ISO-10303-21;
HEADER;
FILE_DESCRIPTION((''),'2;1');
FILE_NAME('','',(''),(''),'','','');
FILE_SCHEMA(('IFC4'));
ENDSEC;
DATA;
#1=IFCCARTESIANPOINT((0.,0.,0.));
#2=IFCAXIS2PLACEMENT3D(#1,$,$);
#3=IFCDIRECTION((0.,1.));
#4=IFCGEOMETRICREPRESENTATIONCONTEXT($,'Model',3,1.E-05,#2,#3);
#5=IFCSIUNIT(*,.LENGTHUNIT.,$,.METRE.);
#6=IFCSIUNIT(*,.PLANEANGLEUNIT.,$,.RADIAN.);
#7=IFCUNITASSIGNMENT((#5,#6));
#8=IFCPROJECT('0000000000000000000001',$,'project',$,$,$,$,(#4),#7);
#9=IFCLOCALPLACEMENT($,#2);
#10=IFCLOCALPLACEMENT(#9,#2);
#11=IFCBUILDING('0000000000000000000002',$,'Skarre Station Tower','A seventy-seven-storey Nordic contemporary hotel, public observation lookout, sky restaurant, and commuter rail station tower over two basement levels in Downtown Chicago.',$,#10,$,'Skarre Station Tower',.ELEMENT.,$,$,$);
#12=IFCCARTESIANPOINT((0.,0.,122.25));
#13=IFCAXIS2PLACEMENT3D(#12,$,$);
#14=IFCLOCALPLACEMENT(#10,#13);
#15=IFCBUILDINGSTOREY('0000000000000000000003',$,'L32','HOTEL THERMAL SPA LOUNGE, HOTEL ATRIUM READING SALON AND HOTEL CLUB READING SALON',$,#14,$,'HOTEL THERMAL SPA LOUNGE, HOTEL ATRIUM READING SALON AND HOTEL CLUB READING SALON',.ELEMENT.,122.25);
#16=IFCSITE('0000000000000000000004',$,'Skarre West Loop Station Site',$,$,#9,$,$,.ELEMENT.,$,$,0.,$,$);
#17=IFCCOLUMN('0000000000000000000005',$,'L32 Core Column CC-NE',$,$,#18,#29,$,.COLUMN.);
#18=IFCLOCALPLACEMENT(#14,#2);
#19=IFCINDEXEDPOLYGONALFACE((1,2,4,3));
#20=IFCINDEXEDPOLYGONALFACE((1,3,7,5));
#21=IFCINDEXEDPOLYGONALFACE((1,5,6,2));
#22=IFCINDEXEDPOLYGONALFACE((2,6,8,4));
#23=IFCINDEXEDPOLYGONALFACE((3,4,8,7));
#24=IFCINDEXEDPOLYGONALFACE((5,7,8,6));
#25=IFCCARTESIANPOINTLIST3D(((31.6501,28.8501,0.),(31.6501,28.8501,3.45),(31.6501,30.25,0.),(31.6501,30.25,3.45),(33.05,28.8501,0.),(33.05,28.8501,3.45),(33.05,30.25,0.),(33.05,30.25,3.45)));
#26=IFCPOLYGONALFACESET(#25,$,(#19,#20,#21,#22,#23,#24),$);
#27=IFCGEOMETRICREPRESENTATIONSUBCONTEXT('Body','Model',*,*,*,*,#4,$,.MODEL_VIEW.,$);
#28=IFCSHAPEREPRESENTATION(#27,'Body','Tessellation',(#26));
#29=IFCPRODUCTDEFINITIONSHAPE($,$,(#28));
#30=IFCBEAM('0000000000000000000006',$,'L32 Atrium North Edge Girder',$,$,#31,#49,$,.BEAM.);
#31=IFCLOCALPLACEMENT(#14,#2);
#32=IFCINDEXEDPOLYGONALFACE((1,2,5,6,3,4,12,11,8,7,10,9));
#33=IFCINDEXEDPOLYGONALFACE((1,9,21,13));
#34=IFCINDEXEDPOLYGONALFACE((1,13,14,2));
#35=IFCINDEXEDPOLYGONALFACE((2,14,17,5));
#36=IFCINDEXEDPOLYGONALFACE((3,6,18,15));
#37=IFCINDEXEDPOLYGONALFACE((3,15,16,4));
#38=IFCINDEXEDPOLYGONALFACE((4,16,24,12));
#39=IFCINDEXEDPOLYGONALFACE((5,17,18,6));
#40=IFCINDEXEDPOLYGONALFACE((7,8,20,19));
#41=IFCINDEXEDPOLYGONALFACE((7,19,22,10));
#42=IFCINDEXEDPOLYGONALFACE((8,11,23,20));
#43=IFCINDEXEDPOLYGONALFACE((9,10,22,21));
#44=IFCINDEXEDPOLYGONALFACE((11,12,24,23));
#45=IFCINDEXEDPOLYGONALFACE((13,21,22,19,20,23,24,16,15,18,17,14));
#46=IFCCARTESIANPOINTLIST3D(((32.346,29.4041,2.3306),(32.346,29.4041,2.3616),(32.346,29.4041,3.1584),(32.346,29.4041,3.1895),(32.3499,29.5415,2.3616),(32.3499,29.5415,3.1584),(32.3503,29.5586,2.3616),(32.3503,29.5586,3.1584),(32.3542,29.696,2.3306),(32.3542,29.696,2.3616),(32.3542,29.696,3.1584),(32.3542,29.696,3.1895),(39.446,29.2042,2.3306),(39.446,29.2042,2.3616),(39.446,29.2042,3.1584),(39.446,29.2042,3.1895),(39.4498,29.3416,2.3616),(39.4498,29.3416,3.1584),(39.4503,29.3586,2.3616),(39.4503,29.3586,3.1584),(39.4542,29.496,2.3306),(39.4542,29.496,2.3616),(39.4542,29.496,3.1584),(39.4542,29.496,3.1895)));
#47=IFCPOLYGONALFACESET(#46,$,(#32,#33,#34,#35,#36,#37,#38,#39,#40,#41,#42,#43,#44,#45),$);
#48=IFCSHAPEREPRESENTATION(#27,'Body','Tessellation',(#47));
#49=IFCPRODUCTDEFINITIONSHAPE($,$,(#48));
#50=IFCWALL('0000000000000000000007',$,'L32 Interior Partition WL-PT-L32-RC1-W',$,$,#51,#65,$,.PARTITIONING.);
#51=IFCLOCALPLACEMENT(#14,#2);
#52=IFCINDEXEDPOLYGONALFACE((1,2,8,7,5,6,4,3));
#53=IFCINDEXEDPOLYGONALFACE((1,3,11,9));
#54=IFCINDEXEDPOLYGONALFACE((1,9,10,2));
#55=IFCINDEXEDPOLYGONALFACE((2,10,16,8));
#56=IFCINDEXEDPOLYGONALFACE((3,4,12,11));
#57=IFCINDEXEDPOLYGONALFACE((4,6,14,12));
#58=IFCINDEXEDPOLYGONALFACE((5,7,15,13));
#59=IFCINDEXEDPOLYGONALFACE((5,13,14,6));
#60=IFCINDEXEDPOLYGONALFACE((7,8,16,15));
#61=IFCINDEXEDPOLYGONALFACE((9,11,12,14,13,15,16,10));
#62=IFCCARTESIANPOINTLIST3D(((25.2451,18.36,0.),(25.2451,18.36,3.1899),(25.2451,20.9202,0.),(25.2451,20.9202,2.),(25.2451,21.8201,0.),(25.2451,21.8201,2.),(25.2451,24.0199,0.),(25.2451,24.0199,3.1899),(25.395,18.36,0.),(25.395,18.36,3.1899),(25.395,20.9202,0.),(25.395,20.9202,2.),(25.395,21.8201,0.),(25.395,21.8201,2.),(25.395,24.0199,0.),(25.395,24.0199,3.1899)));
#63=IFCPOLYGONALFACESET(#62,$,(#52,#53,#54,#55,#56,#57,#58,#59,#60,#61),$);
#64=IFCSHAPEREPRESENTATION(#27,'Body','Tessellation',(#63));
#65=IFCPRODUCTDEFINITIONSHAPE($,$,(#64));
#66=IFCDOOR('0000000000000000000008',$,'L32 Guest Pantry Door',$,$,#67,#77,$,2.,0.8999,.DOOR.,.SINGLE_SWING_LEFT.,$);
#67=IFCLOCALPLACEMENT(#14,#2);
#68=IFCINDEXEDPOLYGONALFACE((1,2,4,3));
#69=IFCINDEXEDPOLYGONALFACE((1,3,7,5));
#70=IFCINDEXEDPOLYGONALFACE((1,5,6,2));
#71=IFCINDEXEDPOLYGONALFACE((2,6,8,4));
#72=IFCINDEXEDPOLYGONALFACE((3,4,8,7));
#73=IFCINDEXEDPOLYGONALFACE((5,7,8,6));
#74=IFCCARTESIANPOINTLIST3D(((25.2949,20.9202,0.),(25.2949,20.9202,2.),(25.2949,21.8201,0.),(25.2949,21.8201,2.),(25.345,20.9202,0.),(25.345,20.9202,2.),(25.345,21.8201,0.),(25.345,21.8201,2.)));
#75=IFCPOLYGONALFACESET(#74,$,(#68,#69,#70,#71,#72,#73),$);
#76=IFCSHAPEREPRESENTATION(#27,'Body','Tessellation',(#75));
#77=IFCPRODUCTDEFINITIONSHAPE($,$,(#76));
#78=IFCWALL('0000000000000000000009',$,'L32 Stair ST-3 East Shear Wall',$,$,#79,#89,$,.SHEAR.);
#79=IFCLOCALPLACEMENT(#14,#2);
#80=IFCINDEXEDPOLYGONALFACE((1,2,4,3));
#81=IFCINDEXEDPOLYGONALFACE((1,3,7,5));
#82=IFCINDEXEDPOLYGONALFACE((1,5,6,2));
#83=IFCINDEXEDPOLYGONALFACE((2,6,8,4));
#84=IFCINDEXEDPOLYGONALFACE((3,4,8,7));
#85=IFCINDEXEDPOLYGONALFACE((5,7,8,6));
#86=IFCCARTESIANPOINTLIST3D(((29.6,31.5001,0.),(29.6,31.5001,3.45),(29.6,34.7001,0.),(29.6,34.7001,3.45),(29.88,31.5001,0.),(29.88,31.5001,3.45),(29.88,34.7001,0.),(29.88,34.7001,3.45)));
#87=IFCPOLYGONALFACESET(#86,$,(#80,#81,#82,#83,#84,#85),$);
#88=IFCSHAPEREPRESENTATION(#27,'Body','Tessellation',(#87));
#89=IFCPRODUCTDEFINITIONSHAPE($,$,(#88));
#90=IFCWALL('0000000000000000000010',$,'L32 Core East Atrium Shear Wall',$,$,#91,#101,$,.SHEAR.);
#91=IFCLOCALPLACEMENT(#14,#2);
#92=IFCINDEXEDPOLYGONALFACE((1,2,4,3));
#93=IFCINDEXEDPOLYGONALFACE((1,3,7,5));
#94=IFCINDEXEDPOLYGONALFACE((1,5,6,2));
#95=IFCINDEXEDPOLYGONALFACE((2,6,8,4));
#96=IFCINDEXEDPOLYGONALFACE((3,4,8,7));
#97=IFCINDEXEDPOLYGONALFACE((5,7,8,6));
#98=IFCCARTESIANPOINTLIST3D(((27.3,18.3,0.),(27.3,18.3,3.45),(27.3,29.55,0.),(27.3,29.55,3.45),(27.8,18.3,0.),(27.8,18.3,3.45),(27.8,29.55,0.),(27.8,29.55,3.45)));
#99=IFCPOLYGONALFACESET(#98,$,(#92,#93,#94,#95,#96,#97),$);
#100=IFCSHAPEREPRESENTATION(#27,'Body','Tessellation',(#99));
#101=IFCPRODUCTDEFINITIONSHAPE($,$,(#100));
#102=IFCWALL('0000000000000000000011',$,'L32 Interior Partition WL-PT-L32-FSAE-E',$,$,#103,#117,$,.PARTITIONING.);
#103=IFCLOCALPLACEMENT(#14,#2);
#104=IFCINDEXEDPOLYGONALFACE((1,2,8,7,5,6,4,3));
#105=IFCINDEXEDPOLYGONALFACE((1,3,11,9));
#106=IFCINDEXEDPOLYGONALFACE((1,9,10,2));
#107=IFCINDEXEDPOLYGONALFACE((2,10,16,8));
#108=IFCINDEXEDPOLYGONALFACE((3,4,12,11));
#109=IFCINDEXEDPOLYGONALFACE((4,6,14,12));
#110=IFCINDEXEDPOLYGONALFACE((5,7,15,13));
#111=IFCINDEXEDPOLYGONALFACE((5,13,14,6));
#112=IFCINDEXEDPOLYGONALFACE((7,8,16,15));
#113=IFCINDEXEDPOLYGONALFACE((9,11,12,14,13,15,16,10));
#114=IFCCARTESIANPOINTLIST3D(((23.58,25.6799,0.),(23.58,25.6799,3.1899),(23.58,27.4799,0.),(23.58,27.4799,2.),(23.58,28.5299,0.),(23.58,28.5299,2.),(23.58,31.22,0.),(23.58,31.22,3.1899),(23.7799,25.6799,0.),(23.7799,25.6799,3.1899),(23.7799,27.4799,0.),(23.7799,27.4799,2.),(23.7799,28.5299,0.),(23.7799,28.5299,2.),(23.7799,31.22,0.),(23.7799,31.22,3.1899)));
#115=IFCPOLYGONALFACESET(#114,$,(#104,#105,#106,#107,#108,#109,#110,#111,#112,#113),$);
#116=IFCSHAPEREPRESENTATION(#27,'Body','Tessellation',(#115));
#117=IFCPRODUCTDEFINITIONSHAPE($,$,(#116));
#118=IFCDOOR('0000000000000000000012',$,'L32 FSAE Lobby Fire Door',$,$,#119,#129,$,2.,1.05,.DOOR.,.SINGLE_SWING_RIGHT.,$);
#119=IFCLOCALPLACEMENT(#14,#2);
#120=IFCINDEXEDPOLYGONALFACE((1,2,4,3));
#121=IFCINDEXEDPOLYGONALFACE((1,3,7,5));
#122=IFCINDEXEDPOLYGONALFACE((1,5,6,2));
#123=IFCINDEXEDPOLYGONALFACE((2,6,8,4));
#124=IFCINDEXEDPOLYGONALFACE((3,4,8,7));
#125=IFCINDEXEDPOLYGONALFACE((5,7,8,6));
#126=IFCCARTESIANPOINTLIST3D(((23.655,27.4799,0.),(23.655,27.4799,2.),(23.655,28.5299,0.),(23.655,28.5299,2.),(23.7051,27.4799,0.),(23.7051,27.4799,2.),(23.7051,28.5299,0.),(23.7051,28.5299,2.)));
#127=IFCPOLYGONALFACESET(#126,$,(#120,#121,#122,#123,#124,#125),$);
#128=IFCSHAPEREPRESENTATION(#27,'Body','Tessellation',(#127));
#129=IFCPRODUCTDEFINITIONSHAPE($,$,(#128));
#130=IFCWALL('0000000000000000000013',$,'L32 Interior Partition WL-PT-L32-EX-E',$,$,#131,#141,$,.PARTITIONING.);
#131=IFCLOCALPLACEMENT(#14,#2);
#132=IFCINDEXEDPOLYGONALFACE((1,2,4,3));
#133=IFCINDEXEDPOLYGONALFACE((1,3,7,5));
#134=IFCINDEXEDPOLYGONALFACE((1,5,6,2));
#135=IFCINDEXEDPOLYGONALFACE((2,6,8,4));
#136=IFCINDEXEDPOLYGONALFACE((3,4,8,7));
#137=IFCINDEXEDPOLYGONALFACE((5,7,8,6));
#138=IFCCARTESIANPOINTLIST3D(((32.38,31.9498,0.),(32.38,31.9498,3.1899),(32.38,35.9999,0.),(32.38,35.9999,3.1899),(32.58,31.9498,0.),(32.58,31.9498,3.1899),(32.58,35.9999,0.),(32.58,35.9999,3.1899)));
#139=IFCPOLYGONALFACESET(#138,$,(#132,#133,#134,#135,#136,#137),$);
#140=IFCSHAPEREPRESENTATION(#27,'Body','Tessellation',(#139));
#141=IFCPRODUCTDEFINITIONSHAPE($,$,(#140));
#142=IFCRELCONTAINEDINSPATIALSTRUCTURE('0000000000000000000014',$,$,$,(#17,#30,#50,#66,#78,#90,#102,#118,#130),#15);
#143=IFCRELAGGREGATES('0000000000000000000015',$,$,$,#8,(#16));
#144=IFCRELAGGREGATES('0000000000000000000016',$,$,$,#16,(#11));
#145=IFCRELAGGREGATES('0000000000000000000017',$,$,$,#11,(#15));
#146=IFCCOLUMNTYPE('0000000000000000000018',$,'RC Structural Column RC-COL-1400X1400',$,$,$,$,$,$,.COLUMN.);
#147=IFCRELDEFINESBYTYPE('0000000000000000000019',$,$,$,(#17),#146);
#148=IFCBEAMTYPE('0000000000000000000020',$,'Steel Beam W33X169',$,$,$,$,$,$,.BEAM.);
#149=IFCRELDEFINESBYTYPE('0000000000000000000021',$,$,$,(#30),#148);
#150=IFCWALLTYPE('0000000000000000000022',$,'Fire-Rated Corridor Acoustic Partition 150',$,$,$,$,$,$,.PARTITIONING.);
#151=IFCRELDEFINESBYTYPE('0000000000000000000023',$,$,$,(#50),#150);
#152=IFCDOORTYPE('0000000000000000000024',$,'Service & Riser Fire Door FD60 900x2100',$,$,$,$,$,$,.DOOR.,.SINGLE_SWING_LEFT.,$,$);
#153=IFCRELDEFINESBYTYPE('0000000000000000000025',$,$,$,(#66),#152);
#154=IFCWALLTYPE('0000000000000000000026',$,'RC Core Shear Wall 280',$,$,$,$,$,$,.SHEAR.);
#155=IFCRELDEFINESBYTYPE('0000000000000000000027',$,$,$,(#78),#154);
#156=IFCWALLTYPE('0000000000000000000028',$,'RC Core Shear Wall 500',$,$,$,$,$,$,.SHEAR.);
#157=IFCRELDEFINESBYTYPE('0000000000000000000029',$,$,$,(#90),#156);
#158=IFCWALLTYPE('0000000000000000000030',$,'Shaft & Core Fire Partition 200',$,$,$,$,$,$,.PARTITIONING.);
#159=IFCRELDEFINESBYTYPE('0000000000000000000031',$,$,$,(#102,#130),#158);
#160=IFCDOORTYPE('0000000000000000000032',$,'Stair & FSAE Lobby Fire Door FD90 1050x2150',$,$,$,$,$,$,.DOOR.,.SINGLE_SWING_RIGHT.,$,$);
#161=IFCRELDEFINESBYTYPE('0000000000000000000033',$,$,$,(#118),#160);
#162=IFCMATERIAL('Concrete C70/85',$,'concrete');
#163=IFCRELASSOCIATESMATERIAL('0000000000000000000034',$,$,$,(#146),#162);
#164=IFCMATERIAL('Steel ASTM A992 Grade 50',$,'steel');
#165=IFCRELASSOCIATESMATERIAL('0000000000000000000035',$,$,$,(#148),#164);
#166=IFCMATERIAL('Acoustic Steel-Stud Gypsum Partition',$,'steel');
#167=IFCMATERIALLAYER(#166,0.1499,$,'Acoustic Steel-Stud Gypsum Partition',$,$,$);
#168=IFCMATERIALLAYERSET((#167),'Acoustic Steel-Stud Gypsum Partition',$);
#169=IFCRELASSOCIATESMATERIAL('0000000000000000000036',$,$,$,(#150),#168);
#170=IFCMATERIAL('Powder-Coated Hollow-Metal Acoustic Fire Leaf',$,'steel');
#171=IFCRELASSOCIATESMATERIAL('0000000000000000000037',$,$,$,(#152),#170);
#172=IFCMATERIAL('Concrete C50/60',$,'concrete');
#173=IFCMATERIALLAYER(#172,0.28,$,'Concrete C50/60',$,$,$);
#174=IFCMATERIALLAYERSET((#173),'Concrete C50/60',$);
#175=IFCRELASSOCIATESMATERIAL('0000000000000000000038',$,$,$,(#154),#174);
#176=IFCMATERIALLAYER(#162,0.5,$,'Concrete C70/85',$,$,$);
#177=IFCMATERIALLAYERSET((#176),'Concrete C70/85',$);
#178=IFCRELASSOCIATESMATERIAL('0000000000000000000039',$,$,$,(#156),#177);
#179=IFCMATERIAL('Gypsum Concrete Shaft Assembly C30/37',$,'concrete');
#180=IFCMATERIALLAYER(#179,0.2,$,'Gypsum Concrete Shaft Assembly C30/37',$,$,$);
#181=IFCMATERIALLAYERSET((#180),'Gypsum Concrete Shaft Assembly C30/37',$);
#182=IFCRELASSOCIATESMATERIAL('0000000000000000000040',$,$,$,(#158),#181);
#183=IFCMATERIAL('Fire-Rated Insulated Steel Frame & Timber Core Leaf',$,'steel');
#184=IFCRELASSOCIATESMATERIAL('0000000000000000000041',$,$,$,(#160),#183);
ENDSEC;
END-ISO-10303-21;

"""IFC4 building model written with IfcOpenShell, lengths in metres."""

from ifc_helpers import new_model, si_unit, direction, frame, frame_2d, origin, origin_2d, place, context, subcontext, project, spatial, rectangle, i_section, extrude, material, layer, layer_set, material_profile, profile_set, type_object, element, fill, save


model = new_model("IFC4")

# Units and contexts
model_context = context("Model", 3, precision=1e-05, world=origin(), true_north=direction((0.0, 1.0)))
body_context = subcontext(model_context, "Body", "Model", "MODEL_VIEW")
ifc_project = project(units=[si_unit("LENGTHUNIT", "METRE"), si_unit("PLANEANGLEUNIT", "RADIAN")], contexts=[model_context])

# Site, building, storey
site_placement = place(None, origin())
site = spatial("IfcSite", under=ifc_project, at=site_placement, Name="Skarre West Loop Station Site", CompositionType="ELEMENT", RefElevation=0.0)
building_placement = place(site_placement, origin())
building = spatial("IfcBuilding", under=site, at=building_placement, Name="Skarre Station Tower", Description="A seventy-seven-storey Nordic contemporary hotel, public observation lookout, sky restaurant, and commuter rail station tower over two basement levels in Downtown Chicago.", LongName="Skarre Station Tower", CompositionType="ELEMENT")
storey_placement = place(building_placement, frame((0.0, 0.0, 122.25)))
storey = spatial("IfcBuildingStorey", under=building, at=storey_placement, Name="L32", Description="HOTEL THERMAL SPA LOUNGE, HOTEL ATRIUM READING SALON AND HOTEL CLUB READING SALON", LongName="HOTEL THERMAL SPA LOUNGE, HOTEL ATRIUM READING SALON AND HOTEL CLUB READING SALON", CompositionType="ELEMENT", Elevation=122.25)

# Column
ifc_material_1 = material(Name="Concrete C70/85", Category="concrete")
ifc_material_profile_1 = material_profile(ifc_material_1, rectangle(XDim=1.3999, YDim=1.3999, at=origin_2d()), Name="Concrete C70/85")
ifc_profile_set_1 = profile_set([ifc_material_profile_1], Name="Concrete C70/85")
column_type = type_object("IfcColumnType", Name="RC Structural Column RC-COL-1400X1400", PredefinedType="COLUMN", material=ifc_profile_set_1)
column_placement = place(storey_placement, frame((32.3501, 29.55, 0.0), z_axis=(0.0, 0.0, 1.0), x_axis=(1.0, 0.0, 0.0)))
element("IfcColumn", 1, at=column_placement, inside=storey, type_object=column_type, Name="L32 Core Column CC-NE", PredefinedType="COLUMN", context=body_context, shape_type="SweptSolid", body=[
    extrude(rectangle(XDim=1.3999, YDim=1.3999, at=origin_2d()), origin(), (0.0, 0.0, 1.0), 3.45),
])

# Beam
ifc_material_2 = material(Name="Steel ASTM A992 Grade 50", Category="steel")
ifc_material_profile_2 = material_profile(ifc_material_2, i_section(OverallWidth=0.292, OverallDepth=0.8589, WebThickness=0.0171, FlangeThickness=0.031, at=origin_2d()), Name="Steel ASTM A992 Grade 50")
ifc_profile_set_2 = profile_set([ifc_material_profile_2], Name="Steel ASTM A992 Grade 50")
beam_type = type_object("IfcBeamType", Name="Steel Beam W33X169", PredefinedType="BEAM", material=ifc_profile_set_2)
beam_placement = place(storey_placement, frame((32.3501, 29.55, 2.76), z_axis=(0.999604, -0.028152, 0.0), x_axis=(0.028152, 0.999604, 0.0)))
element("IfcBeam", 2, at=beam_placement, inside=storey, type_object=beam_type, Name="L32 Atrium North Edge Girder", PredefinedType="BEAM", context=body_context, shape_type="SweptSolid", body=[
    extrude(i_section(OverallWidth=0.292, OverallDepth=0.8589, WebThickness=0.0171, FlangeThickness=0.031, at=origin_2d()), origin(), (0.0, 0.0, 1.0), 7.1028),
])

# Wall, opening, door
ifc_material_3 = material(Name="Acoustic Steel-Stud Gypsum Partition", Category="steel")
ifc_layer_1 = layer(ifc_material_3, 0.1499, Name="Acoustic Steel-Stud Gypsum Partition")
ifc_layer_set_1 = layer_set([ifc_layer_1], Name="Acoustic Steel-Stud Gypsum Partition")
wall_type_1 = type_object("IfcWallType", Name="Fire-Rated Corridor Acoustic Partition 150", PredefinedType="PARTITIONING", material=ifc_layer_set_1)
wall_1_placement = place(storey_placement, frame((25.3201, 24.02, 0.0), z_axis=(0.0, 0.0, 1.0), x_axis=(0.0, -1.0, 0.0)))
wall_1 = element("IfcWall", 3, at=wall_1_placement, inside=storey, type_object=wall_type_1, Name="L32 Interior Partition WL-PT-L32-RC1-W", PredefinedType="PARTITIONING", context=body_context, shape_type="SweptSolid", body=[
    extrude(rectangle(XDim=5.6599, YDim=0.1499, at=frame_2d((2.8301, 0.0))), origin(), (0.0, 0.0, 1.0), 3.1899),
])
opening_1_placement = place(wall_1_placement, frame((2.2, 0.0, 0.0)))
opening_1 = element("IfcOpeningElement", 4, at=opening_1_placement, cuts=wall_1, PredefinedType="OPENING", context=body_context, shape_type="SweptSolid", body=[
    extrude(rectangle(XDim=0.8999, YDim=2.0, at=frame_2d((0.45, 1.0))), frame((0.0, 0.085, 0.0), z_axis=(0.0, -1.0, 0.0), x_axis=(1.0, 0.0, 0.0)), (0.0, 0.0, 1.0), 0.1699),
])
ifc_material_4 = material(Name="Powder-Coated Hollow-Metal Acoustic Fire Leaf", Category="steel")
door_type_1 = type_object("IfcDoorType", Name="Service & Riser Fire Door FD60 900x2100", OperationType="SINGLE_SWING_LEFT", PredefinedType="DOOR", material=ifc_material_4)
door_1_placement = place(opening_1_placement, origin())
door_1 = element("IfcDoor", 5, at=door_1_placement, inside=storey, type_object=door_type_1, Name="L32 Guest Pantry Door", OperationType="SINGLE_SWING_LEFT", OverallHeight=2.0, OverallWidth=0.8999, PredefinedType="DOOR", context=body_context, shape_type="SweptSolid", body=[
    extrude(rectangle(XDim=0.8999, YDim=2.0, at=frame_2d((0.45, 1.0))), frame((0.0, 0.0249, 0.0), z_axis=(0.0, -1.0, 0.0), x_axis=(1.0, 0.0, 0.0)), (0.0, 0.0, 1.0), 0.05),
])
fill(opening_1, door_1)

# Walls
ifc_material_5 = material(Name="Concrete C50/60", Category="concrete")
ifc_layer_2 = layer(ifc_material_5, 0.28, Name="Concrete C50/60")
ifc_layer_set_2 = layer_set([ifc_layer_2], Name="Concrete C50/60")
wall_type_2 = type_object("IfcWallType", Name="RC Core Shear Wall 280", PredefinedType="SHEAR", material=ifc_layer_set_2)
wall_2_placement = place(storey_placement, frame((29.74, 31.5, 0.0), z_axis=(0.0, 0.0, 1.0), x_axis=(0.0, 1.0, 0.0)))
element("IfcWall", 6, at=wall_2_placement, inside=storey, type_object=wall_type_2, Name="L32 Stair ST-3 East Shear Wall", PredefinedType="SHEAR", context=body_context, shape_type="SweptSolid", body=[
    extrude(rectangle(XDim=3.2, YDim=0.28, at=frame_2d((1.6001, 0.0))), origin(), (0.0, 0.0, 1.0), 3.45),
])
ifc_layer_3 = layer(ifc_material_1, 0.5, Name="Concrete C70/85")
ifc_layer_set_3 = layer_set([ifc_layer_3], Name="Concrete C70/85")
wall_type_3 = type_object("IfcWallType", Name="RC Core Shear Wall 500", PredefinedType="SHEAR", material=ifc_layer_set_3)
wall_3_placement = place(storey_placement, frame((27.55, 29.55, 0.0), z_axis=(0.0, 0.0, 1.0), x_axis=(0.0, -1.0, 0.0)))
element("IfcWall", 7, at=wall_3_placement, inside=storey, type_object=wall_type_3, Name="L32 Core East Atrium Shear Wall", PredefinedType="SHEAR", context=body_context, shape_type="SweptSolid", body=[
    extrude(rectangle(XDim=11.25, YDim=0.5, at=frame_2d((5.625, 0.0))), origin(), (0.0, 0.0, 1.0), 3.45),
])

# Wall, opening, door
ifc_material_6 = material(Name="Gypsum Concrete Shaft Assembly C30/37", Category="concrete")
ifc_layer_4 = layer(ifc_material_6, 0.2, Name="Gypsum Concrete Shaft Assembly C30/37")
ifc_layer_set_4 = layer_set([ifc_layer_4], Name="Gypsum Concrete Shaft Assembly C30/37")
wall_type_4 = type_object("IfcWallType", Name="Shaft & Core Fire Partition 200", PredefinedType="PARTITIONING", material=ifc_layer_set_4)
wall_4_placement = place(storey_placement, frame((23.6799, 25.6799, 0.0), z_axis=(0.0, 0.0, 1.0), x_axis=(0.0, 1.0, 0.0)))
wall_4 = element("IfcWall", 8, at=wall_4_placement, inside=storey, type_object=wall_type_4, Name="L32 Interior Partition WL-PT-L32-FSAE-E", PredefinedType="PARTITIONING", context=body_context, shape_type="SweptSolid", body=[
    extrude(rectangle(XDim=5.54, YDim=0.2, at=frame_2d((2.77, 0.0))), origin(), (0.0, 0.0, 1.0), 3.1899),
])
opening_2_placement = place(wall_4_placement, frame((1.8, 0.0, 0.0)))
opening_2 = element("IfcOpeningElement", 9, at=opening_2_placement, cuts=wall_4, PredefinedType="OPENING", context=body_context, shape_type="SweptSolid", body=[
    extrude(rectangle(XDim=1.05, YDim=2.0, at=frame_2d((0.5249, 1.0))), frame((0.0, 0.1099, 0.0), z_axis=(0.0, -1.0, 0.0), x_axis=(1.0, 0.0, 0.0)), (0.0, 0.0, 1.0), 0.22),
])
ifc_material_7 = material(Name="Fire-Rated Insulated Steel Frame & Timber Core Leaf", Category="steel")
door_type_2 = type_object("IfcDoorType", Name="Stair & FSAE Lobby Fire Door FD90 1050x2150", OperationType="SINGLE_SWING_RIGHT", PredefinedType="DOOR", material=ifc_material_7)
door_2_placement = place(opening_2_placement, origin())
door_2 = element("IfcDoor", 10, at=door_2_placement, inside=storey, type_object=door_type_2, Name="L32 FSAE Lobby Fire Door", OperationType="SINGLE_SWING_RIGHT", OverallHeight=2.0, OverallWidth=1.05, PredefinedType="DOOR", context=body_context, shape_type="SweptSolid", body=[
    extrude(rectangle(XDim=1.05, YDim=2.0, at=frame_2d((0.5249, 1.0))), frame((0.0, 0.0249, 0.0), z_axis=(0.0, -1.0, 0.0), x_axis=(1.0, 0.0, 0.0)), (0.0, 0.0, 1.0), 0.05),
])
fill(opening_2, door_2)

# Wall
wall_5_placement = place(storey_placement, frame((32.48, 31.95, 0.0), z_axis=(0.0, 0.0, 1.0), x_axis=(0.0, 1.0, 0.0)))
element("IfcWall", 11, at=wall_5_placement, inside=storey, type_object=wall_type_4, Name="L32 Interior Partition WL-PT-L32-EX-E", PredefinedType="PARTITIONING", context=body_context, shape_type="SweptSolid", body=[
    extrude(rectangle(XDim=4.05, YDim=0.2, at=frame_2d((2.0249, 0.0))), origin(), (0.0, 0.0, 1.0), 3.1899),
])

save(model, "model.ifc")
